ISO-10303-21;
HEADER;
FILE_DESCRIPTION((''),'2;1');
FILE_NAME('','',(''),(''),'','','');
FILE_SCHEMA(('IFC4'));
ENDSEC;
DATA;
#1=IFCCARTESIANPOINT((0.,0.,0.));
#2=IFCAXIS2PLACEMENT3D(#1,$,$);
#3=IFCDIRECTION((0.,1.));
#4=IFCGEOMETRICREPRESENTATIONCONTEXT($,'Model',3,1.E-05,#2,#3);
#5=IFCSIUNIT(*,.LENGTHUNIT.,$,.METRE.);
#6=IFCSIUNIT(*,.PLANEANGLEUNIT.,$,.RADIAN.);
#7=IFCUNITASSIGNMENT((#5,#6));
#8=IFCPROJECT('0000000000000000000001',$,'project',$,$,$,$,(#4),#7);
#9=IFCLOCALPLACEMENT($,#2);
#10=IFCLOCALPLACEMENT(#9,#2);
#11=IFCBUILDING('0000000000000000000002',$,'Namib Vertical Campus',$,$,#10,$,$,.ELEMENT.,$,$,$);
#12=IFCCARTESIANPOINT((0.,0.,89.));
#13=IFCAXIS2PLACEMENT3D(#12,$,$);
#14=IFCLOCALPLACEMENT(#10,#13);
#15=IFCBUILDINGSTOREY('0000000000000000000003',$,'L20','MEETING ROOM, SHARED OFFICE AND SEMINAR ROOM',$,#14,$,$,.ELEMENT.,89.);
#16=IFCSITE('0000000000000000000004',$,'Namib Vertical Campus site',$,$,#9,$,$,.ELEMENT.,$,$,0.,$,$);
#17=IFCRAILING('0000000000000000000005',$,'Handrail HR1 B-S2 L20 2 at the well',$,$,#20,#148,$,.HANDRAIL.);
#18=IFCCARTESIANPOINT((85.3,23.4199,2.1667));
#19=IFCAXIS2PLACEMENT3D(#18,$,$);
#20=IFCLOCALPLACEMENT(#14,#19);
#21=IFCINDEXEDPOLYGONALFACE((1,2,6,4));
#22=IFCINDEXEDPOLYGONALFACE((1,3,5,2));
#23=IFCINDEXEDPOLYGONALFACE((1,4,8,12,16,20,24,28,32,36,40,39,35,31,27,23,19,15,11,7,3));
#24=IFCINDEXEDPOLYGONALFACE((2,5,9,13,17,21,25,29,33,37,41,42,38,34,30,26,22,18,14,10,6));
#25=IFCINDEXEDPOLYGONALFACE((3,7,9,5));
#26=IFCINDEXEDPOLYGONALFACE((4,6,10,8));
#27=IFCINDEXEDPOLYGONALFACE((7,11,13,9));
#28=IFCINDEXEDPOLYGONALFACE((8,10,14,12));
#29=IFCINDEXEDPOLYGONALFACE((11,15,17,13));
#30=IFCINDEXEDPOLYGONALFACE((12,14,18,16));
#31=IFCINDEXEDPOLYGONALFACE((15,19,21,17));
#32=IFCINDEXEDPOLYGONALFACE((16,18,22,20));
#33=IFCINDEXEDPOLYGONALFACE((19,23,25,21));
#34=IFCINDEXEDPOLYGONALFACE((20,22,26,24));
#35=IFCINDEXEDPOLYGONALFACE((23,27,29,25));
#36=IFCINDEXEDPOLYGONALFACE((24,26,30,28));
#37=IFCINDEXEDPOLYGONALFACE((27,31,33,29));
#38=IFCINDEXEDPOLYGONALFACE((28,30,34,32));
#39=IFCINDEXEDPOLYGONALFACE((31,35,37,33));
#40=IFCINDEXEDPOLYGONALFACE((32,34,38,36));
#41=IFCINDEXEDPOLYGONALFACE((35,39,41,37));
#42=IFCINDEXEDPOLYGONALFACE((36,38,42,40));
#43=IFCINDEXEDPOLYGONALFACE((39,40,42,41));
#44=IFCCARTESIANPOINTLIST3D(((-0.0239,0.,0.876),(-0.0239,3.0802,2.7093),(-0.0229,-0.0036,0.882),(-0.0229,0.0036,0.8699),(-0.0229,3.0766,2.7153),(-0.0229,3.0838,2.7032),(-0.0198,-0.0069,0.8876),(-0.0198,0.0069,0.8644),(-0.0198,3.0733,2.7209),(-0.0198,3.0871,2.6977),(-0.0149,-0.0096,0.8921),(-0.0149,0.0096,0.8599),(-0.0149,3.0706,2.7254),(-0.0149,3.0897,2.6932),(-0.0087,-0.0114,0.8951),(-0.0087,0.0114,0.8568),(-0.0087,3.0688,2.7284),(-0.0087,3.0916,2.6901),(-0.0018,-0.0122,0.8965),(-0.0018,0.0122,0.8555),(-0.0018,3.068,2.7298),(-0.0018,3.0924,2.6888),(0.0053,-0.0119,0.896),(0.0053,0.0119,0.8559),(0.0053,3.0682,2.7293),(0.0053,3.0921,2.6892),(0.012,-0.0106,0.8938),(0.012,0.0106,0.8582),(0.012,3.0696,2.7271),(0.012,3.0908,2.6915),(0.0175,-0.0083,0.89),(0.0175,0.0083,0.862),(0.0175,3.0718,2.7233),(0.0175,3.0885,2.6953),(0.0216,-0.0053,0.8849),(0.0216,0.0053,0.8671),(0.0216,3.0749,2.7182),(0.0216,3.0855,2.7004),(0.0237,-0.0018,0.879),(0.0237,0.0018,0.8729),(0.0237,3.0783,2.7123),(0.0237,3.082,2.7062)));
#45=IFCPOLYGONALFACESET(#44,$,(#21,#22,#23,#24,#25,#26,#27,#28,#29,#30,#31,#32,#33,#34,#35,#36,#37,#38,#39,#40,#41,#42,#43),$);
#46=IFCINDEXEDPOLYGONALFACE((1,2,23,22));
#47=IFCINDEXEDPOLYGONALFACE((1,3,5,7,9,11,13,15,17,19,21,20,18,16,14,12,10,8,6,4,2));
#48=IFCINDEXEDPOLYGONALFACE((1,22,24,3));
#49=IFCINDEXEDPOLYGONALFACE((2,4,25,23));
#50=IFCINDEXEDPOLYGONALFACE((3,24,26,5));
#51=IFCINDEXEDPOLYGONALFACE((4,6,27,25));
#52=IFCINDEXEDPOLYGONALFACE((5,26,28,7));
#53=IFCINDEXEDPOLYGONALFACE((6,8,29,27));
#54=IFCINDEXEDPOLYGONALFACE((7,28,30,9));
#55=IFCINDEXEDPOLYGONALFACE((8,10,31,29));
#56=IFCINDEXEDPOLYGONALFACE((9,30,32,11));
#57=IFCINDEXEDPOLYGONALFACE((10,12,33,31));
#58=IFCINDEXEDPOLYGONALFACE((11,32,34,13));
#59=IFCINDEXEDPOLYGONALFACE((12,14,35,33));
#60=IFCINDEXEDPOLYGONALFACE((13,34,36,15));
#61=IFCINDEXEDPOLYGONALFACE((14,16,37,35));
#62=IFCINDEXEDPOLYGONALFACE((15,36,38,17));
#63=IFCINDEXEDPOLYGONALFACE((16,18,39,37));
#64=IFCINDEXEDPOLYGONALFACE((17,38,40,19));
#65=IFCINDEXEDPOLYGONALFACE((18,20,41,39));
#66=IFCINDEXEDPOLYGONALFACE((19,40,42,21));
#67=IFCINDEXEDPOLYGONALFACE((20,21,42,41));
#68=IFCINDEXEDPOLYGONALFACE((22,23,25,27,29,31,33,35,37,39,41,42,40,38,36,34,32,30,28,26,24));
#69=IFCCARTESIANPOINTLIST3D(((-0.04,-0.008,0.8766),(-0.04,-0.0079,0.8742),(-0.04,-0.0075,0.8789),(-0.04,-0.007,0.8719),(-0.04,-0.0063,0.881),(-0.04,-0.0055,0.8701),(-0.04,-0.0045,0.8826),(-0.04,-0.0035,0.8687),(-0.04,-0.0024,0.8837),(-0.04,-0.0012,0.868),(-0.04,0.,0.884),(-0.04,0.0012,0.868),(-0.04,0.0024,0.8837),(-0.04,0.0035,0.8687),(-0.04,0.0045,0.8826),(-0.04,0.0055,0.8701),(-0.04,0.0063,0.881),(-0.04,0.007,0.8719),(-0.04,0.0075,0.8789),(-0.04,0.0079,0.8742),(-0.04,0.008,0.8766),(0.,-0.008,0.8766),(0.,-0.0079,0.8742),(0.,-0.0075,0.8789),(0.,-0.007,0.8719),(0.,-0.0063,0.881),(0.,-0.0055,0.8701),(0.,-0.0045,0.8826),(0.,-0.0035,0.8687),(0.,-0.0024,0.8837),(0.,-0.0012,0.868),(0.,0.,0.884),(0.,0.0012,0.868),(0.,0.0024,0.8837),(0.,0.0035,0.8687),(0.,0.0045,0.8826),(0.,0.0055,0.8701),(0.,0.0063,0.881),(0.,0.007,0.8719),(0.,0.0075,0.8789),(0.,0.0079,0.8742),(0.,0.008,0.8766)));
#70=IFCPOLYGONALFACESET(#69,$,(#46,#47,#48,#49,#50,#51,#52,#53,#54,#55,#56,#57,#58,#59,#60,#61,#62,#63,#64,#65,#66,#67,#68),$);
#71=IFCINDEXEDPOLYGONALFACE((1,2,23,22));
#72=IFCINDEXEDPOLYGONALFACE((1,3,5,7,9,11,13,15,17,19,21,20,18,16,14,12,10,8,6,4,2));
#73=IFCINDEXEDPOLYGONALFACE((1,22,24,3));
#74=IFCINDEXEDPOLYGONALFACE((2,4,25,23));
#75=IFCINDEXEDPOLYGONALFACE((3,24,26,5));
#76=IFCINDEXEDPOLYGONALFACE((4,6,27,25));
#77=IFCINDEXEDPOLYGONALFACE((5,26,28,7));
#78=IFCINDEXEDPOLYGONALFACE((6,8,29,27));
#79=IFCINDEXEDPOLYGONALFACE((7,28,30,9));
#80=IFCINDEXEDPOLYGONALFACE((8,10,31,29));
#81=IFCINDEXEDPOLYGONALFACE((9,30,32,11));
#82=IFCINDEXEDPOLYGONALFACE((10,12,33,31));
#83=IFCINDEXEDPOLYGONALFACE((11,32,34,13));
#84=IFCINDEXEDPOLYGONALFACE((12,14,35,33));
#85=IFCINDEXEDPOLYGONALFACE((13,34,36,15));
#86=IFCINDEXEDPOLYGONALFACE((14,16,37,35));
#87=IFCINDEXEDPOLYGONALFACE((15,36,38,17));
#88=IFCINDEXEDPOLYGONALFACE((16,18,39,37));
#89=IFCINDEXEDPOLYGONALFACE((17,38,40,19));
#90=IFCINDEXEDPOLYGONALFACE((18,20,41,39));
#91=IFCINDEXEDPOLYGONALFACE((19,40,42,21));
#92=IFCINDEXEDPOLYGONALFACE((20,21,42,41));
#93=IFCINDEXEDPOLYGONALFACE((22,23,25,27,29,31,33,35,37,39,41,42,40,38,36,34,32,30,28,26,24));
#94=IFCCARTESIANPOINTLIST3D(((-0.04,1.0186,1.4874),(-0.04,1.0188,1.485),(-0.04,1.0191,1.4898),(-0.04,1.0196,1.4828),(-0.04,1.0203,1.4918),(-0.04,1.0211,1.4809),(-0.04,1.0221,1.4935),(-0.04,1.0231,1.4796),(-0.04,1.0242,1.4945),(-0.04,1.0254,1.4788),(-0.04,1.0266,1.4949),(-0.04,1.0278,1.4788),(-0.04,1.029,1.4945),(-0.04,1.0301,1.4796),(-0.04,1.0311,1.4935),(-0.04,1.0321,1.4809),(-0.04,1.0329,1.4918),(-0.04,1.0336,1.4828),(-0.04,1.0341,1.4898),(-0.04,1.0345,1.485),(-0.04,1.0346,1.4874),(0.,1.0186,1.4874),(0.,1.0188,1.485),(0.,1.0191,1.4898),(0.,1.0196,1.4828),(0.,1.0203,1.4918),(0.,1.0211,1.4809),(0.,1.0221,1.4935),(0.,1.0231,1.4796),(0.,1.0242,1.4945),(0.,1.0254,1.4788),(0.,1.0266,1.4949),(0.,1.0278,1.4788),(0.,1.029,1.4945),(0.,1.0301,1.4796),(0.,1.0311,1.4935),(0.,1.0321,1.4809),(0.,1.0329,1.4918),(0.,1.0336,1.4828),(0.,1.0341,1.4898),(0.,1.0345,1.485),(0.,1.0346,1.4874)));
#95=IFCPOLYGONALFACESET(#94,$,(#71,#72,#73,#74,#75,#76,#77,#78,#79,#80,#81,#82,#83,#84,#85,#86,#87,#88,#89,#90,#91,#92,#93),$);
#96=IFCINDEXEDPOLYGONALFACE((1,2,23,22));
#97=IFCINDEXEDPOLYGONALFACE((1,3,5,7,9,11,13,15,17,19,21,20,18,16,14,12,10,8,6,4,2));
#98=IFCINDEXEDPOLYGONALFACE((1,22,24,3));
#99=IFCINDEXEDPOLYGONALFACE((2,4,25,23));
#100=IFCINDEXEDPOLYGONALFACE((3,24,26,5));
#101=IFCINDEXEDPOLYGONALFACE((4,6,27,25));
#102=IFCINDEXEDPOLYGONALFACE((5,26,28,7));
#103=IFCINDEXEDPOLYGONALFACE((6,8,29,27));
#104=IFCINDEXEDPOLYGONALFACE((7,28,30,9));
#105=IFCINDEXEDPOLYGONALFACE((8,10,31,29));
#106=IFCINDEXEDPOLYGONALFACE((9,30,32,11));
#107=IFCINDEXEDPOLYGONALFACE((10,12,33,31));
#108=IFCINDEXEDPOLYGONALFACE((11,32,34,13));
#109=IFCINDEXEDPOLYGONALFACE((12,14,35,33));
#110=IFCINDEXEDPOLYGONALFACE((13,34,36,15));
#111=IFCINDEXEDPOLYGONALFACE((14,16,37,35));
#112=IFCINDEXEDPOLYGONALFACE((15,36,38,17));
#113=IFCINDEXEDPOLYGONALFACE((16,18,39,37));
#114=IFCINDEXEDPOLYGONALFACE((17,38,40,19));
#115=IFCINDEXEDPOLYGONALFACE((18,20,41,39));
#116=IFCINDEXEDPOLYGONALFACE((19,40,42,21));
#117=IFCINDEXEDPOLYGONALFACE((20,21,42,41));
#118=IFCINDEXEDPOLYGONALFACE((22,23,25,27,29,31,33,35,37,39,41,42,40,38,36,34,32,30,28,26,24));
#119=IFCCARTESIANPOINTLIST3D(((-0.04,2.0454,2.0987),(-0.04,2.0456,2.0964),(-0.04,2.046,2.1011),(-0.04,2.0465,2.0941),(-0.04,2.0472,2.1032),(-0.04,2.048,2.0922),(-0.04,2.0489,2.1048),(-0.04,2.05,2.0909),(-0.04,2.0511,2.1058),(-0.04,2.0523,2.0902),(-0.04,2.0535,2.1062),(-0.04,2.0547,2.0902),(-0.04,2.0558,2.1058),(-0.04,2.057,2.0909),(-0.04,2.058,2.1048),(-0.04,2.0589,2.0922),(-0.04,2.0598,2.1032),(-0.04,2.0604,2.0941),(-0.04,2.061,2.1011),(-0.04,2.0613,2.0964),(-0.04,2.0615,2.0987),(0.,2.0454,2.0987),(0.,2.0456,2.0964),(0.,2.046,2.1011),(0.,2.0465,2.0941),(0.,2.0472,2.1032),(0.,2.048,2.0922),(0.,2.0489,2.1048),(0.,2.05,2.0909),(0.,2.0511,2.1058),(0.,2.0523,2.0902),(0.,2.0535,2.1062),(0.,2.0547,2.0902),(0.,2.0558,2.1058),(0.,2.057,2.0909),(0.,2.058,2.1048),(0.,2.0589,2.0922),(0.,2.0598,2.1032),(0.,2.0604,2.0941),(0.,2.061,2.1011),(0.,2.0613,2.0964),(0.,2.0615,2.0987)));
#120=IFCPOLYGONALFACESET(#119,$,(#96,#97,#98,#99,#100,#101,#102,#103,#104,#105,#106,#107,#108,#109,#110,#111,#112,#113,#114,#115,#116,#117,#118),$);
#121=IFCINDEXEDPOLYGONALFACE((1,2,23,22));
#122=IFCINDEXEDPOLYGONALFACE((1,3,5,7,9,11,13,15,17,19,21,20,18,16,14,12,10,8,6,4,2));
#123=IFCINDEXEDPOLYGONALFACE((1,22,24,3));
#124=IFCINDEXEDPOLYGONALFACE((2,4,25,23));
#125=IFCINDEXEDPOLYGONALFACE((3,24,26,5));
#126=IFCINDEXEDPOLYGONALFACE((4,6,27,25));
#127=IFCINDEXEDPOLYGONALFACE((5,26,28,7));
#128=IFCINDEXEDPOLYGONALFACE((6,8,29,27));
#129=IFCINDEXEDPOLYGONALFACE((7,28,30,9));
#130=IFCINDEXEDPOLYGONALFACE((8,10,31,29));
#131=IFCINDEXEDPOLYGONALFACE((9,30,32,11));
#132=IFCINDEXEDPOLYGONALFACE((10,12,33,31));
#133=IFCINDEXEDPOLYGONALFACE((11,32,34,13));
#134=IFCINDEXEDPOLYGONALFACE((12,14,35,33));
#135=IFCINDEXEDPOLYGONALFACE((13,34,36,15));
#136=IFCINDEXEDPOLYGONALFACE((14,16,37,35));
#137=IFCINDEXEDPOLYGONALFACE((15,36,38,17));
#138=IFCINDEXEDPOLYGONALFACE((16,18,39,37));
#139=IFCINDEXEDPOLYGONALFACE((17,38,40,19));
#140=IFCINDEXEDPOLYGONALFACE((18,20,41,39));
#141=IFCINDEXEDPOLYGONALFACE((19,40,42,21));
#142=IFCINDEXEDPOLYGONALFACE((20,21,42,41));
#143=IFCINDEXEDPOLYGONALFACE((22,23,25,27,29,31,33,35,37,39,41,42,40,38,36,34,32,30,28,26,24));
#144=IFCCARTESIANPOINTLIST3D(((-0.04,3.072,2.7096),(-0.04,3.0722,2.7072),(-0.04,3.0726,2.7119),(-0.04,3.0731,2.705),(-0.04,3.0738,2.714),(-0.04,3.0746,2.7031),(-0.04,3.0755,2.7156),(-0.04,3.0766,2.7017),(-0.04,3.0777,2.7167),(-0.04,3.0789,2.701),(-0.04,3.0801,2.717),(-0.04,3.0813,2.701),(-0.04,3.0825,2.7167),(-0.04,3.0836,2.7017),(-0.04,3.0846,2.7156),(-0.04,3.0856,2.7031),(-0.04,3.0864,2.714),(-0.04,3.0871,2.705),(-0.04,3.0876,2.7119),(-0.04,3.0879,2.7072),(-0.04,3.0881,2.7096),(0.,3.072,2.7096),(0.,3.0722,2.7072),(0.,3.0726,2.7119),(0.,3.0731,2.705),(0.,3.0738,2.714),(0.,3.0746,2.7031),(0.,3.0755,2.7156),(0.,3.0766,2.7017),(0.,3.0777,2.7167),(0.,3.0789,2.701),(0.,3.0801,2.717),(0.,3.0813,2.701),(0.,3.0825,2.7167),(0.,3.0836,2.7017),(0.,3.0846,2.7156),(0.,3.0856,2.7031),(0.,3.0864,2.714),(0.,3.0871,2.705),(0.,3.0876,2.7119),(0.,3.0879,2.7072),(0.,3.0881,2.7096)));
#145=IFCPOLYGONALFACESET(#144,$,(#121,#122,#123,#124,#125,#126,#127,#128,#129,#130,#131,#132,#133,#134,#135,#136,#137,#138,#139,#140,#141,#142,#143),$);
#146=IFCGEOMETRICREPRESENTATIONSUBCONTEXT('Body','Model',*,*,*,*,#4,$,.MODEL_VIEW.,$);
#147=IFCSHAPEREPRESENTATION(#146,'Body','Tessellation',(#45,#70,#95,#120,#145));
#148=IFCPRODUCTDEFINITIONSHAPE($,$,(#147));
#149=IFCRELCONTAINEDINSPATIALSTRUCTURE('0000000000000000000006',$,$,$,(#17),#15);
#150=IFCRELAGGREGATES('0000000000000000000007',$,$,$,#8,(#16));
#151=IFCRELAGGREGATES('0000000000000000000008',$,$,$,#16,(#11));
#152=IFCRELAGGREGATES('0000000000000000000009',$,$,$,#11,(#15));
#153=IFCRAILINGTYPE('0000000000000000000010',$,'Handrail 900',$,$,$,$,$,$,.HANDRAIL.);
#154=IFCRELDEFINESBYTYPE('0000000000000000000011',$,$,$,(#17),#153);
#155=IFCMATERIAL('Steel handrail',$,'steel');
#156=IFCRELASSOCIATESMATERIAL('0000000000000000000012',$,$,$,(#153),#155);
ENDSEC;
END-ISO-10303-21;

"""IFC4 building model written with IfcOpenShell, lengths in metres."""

from ifc_helpers import new_model, si_unit, direction, frame, origin, origin_2d, place, context, subcontext, project, spatial, circle, extrude, material, type_object, element, save


model = new_model("IFC4")

# Units and contexts
model_context = context("Model", 3, precision=1e-05, world=origin(), true_north=direction((0.0, 1.0)))
body_context = subcontext(model_context, "Body", "Model", "MODEL_VIEW")
ifc_project = project(units=[si_unit("LENGTHUNIT", "METRE"), si_unit("PLANEANGLEUNIT", "RADIAN")], contexts=[model_context])

# Site, building, storey
site_placement = place(None, origin())
site = spatial("IfcSite", under=ifc_project, at=site_placement, Name="Namib Vertical Campus site", CompositionType="ELEMENT", RefElevation=0.0)
building_placement = place(site_placement, origin())
building = spatial("IfcBuilding", under=site, at=building_placement, Name="Namib Vertical Campus", CompositionType="ELEMENT")
storey_placement = place(building_placement, frame((0.0, 0.0, 89.0)))
storey = spatial("IfcBuildingStorey", under=building, at=storey_placement, Name="L20", Description="MEETING ROOM, SHARED OFFICE AND SEMINAR ROOM", CompositionType="ELEMENT", Elevation=89.0)

# Railing
ifc_material_1 = material(Name="Steel handrail", Category="steel")
railing_type = type_object("IfcRailingType", Name="Handrail 900", PredefinedType="HANDRAIL", material=ifc_material_1)
railing_1_placement = place(storey_placement, frame((85.3, 23.4199, 2.1667)))
element("IfcRailing", 1, at=railing_1_placement, inside=storey, type_object=railing_type, Name="Handrail HR1 B-S2 L20 2 at the well", PredefinedType="HANDRAIL", context=body_context, shape_type="SweptSolid", body=[
    extrude(circle(Radius=0.0239, at=origin_2d()), frame((0.0, 0.0, 0.876), z_axis=(0.0, 0.859309, 0.511458), x_axis=(-1.0, 0.0, 0.0)), (0.0, 0.0, 1.0), 3.5845),
    extrude(circle(Radius=0.0081, at=origin_2d()), frame((0.0, 0.0, 0.876), z_axis=(-1.0, 0.0, 0.0), x_axis=(0.0, 0.0, 1.0)), (0.0, 0.0, 1.0), 0.04),
    extrude(circle(Radius=0.0081, at=origin_2d()), frame((0.0, 1.0266, 1.4868), z_axis=(-1.0, 0.0, 0.0), x_axis=(0.0, 0.0, 1.0)), (0.0, 0.0, 1.0), 0.04),
    extrude(circle(Radius=0.0081, at=origin_2d()), frame((0.0, 2.0535, 2.0981), z_axis=(-1.0, 0.0, 0.0), x_axis=(0.0, 0.0, 1.0)), (0.0, 0.0, 1.0), 0.04),
    extrude(circle(Radius=0.0081, at=origin_2d()), frame((0.0, 3.0801, 2.709), z_axis=(-1.0, 0.0, 0.0), x_axis=(0.0, 0.0, 1.0)), (0.0, 0.0, 1.0), 0.04),
])

save(model, "model.ifc")
